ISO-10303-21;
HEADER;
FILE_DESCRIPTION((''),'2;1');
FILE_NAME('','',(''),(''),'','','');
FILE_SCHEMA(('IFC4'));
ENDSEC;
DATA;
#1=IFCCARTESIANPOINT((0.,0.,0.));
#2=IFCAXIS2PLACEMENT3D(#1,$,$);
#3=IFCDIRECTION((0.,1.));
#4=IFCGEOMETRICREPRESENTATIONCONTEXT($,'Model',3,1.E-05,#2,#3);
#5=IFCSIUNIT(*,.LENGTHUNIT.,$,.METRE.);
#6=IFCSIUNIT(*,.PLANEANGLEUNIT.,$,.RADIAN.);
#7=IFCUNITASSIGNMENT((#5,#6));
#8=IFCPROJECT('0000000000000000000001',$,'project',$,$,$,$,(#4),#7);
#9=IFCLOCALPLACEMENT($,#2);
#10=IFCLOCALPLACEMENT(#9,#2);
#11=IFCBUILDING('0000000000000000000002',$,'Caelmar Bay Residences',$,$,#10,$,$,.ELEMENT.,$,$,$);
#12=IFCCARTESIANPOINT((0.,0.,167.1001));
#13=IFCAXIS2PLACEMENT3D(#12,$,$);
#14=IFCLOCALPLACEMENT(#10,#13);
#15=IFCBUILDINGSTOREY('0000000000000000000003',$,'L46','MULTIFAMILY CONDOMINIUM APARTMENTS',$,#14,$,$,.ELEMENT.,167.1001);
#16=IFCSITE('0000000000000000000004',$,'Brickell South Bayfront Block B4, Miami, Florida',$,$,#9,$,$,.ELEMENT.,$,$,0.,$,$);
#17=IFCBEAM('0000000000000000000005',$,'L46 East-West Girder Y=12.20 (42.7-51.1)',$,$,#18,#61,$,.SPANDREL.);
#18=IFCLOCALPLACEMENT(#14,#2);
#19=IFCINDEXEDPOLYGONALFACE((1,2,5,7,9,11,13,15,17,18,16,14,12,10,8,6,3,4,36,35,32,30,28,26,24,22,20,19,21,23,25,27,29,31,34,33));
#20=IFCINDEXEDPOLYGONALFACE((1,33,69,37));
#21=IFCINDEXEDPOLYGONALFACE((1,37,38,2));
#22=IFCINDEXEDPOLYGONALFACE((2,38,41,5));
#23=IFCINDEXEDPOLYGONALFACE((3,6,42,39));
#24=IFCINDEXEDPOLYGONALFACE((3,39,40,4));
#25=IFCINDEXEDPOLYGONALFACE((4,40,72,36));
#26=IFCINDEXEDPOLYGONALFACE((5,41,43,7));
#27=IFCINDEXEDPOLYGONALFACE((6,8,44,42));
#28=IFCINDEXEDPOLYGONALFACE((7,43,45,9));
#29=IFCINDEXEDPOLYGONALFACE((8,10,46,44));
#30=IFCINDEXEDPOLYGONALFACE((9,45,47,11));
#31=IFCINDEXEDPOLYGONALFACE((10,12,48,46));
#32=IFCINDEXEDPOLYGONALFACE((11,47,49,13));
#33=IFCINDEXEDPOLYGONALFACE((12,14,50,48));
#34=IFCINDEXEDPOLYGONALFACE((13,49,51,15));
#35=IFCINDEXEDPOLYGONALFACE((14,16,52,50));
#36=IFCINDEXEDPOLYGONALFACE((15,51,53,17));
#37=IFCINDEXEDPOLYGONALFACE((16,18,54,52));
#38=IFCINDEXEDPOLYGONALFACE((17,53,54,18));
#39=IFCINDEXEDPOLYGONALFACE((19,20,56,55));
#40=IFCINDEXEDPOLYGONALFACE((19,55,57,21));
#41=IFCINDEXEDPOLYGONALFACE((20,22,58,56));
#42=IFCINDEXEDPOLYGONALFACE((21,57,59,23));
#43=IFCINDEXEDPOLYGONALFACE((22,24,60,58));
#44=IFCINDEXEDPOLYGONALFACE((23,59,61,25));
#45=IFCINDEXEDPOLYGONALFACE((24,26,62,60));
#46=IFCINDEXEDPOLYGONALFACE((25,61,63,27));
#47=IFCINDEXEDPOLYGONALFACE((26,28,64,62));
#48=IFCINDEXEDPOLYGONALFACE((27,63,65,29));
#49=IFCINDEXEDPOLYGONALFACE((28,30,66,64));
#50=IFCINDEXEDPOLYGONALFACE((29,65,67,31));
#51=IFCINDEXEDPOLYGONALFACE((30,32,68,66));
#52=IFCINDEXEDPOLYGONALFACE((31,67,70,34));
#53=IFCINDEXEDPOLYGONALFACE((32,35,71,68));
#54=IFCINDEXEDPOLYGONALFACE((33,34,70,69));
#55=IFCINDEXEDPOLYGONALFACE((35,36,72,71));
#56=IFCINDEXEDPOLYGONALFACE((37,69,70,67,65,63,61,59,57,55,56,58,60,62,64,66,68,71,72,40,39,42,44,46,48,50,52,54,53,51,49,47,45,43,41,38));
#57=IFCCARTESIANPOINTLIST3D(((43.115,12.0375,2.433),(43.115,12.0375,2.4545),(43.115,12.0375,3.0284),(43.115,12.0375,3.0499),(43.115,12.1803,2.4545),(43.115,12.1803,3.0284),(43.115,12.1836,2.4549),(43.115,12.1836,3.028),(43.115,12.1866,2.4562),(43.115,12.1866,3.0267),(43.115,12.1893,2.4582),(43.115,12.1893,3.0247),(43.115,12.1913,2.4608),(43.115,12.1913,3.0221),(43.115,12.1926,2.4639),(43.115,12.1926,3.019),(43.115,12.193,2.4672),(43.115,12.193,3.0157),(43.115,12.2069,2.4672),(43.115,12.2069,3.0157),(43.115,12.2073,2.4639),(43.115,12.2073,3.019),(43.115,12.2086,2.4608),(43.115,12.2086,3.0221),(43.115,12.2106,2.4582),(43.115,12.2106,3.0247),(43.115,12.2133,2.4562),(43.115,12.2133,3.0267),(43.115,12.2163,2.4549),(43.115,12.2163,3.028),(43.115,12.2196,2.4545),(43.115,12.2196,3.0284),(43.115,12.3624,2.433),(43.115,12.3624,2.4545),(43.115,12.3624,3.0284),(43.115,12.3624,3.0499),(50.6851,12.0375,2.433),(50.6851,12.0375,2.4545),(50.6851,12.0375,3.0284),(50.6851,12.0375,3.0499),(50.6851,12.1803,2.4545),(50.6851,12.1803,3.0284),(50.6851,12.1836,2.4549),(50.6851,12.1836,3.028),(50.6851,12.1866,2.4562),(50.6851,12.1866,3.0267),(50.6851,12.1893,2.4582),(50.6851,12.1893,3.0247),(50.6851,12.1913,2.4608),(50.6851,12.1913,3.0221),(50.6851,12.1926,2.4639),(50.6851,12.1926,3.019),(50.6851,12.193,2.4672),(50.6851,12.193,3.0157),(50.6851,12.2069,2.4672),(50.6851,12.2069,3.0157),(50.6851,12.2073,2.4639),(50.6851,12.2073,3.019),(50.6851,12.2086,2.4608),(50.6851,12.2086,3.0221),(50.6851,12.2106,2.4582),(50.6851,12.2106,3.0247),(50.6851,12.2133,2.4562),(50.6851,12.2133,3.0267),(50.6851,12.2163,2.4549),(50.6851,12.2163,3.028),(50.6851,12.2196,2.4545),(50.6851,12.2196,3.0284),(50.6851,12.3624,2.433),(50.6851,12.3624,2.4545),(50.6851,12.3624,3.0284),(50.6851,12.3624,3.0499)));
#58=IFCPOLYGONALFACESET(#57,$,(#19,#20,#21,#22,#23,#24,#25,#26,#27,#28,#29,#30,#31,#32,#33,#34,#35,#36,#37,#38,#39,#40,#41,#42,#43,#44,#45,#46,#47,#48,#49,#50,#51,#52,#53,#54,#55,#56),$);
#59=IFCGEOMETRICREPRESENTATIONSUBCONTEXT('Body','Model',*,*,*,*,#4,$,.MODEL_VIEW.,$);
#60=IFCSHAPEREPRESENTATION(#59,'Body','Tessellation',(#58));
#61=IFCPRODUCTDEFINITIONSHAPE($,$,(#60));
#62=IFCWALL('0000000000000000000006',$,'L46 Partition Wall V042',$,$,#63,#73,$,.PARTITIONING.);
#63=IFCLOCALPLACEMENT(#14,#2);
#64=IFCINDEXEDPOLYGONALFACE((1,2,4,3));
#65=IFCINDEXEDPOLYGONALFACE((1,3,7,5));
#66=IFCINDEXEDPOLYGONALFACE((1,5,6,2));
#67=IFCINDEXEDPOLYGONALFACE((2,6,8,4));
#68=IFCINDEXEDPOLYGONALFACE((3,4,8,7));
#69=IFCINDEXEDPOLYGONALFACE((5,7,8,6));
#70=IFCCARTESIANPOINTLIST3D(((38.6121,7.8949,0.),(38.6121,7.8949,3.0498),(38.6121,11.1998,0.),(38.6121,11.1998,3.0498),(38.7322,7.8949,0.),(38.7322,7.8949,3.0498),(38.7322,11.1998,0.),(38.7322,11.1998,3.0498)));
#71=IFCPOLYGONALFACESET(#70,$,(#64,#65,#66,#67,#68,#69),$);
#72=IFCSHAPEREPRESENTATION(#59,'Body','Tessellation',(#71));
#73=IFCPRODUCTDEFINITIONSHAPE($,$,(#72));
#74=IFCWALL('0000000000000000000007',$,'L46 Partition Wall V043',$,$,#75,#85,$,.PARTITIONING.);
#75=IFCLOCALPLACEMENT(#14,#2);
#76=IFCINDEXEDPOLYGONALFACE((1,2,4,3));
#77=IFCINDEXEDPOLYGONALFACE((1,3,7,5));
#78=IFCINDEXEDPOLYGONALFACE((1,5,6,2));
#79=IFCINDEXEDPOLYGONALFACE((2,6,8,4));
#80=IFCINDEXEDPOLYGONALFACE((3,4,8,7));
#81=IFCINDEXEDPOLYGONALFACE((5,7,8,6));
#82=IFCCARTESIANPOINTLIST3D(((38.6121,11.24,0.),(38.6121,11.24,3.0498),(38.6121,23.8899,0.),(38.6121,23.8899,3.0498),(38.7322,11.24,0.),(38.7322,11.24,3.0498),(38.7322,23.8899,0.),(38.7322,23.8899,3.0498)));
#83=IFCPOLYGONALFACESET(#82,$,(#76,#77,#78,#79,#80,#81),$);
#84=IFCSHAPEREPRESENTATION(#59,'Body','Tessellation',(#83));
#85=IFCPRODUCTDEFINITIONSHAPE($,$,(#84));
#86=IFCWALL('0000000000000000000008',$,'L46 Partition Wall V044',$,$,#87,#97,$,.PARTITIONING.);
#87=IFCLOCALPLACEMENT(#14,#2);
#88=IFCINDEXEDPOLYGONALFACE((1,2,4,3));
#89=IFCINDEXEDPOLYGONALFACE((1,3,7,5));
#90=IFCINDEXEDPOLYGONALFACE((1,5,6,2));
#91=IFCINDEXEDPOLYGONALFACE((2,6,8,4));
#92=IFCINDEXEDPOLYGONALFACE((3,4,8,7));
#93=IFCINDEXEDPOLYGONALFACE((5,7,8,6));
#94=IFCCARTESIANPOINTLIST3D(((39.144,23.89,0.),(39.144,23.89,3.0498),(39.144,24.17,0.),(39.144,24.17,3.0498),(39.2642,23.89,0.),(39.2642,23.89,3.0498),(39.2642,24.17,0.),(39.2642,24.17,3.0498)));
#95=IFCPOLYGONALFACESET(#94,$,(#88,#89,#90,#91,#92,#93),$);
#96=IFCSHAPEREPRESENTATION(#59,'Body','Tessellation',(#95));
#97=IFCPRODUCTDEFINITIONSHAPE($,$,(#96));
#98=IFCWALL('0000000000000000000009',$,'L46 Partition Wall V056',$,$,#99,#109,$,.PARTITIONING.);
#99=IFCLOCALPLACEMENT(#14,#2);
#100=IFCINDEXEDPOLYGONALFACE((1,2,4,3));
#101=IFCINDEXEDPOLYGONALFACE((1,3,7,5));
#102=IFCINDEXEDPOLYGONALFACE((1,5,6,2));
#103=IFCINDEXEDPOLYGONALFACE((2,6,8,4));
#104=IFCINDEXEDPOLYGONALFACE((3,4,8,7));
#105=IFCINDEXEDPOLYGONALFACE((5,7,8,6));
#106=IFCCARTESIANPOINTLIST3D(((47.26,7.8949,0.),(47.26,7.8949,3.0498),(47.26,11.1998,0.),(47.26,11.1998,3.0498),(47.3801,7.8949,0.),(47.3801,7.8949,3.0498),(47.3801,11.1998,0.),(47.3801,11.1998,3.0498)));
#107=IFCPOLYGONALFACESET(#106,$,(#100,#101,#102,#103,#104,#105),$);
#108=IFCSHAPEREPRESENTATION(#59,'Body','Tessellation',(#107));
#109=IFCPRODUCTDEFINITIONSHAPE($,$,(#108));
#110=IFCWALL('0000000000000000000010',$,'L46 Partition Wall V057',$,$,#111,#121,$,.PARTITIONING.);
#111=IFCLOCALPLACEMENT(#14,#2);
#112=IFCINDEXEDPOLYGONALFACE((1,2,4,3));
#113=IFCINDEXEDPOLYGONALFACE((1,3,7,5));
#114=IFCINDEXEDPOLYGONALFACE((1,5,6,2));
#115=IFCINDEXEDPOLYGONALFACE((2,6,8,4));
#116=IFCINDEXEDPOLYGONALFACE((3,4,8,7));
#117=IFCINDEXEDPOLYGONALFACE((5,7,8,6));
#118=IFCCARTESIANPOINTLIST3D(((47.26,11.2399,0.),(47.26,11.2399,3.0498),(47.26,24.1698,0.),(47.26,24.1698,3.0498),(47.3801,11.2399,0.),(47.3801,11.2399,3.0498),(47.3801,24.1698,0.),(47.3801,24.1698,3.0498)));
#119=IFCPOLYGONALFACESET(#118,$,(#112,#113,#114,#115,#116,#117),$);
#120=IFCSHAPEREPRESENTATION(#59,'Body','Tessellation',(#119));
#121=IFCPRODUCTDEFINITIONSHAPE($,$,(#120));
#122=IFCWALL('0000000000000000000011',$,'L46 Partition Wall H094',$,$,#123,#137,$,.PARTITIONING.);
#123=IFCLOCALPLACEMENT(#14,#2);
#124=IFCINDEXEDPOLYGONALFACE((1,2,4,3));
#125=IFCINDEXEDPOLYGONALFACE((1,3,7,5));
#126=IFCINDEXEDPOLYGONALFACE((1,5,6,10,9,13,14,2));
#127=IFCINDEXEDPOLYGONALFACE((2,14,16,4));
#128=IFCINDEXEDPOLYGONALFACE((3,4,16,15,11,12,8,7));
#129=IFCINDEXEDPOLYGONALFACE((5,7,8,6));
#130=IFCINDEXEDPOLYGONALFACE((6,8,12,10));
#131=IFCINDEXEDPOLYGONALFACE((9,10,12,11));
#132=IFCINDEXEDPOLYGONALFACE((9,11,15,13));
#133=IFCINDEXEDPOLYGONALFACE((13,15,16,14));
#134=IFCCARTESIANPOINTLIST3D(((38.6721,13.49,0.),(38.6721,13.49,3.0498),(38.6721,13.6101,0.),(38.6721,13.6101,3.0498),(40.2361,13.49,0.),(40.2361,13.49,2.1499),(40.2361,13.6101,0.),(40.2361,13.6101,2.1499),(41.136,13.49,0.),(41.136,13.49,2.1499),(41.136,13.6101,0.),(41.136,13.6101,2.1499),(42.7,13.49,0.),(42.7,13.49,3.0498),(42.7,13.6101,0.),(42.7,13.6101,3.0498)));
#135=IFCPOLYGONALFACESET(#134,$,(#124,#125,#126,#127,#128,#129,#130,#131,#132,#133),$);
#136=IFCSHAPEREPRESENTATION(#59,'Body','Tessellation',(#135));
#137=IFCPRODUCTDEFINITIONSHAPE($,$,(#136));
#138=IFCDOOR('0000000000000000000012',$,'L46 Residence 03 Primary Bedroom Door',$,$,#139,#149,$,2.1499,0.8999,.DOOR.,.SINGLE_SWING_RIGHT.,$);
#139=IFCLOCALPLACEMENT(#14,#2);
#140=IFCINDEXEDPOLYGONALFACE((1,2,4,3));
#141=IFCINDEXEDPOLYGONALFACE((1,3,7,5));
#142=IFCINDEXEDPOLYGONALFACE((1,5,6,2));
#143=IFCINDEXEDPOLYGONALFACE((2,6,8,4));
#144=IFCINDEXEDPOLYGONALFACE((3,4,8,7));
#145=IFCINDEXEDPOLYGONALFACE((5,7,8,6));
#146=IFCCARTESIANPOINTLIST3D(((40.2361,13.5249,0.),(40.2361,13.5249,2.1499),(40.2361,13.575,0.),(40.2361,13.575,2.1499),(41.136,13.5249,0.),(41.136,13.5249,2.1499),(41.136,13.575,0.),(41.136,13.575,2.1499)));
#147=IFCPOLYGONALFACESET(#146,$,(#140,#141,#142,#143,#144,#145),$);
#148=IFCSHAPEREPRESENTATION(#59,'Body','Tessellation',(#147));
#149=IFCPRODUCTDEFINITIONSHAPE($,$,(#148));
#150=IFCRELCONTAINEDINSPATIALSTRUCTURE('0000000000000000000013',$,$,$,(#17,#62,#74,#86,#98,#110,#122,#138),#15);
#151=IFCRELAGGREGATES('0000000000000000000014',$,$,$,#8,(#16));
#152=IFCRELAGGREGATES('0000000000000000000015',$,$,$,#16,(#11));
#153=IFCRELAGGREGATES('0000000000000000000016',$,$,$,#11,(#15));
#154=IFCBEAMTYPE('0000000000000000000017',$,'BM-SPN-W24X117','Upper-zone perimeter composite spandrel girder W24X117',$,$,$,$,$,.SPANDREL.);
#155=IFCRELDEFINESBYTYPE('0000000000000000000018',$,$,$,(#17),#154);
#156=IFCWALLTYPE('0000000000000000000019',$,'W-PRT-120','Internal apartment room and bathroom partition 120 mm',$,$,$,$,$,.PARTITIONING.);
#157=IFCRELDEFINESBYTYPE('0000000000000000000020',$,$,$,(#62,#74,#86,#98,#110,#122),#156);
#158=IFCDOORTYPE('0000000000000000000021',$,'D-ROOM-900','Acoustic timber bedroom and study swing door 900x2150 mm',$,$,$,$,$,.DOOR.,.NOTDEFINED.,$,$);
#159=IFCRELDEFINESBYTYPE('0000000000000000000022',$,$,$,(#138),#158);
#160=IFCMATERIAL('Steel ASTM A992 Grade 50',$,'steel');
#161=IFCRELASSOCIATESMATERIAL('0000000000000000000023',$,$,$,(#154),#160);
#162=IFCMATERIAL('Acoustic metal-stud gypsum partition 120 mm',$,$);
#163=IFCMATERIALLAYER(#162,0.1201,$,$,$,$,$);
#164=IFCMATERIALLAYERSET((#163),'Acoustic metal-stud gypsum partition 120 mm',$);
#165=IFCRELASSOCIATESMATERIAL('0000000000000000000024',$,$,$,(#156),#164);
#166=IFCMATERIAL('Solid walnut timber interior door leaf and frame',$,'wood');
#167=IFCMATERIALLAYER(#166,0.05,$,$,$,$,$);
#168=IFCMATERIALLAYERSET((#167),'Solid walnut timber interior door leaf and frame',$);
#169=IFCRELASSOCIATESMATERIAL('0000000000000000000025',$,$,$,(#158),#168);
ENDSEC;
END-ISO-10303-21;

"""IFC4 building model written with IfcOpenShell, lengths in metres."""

from ifc_helpers import new_model, si_unit, direction, frame, frame_2d, origin, origin_2d, place, context, subcontext, project, spatial, rectangle, i_section, extrude, material, layer, layer_set, material_profile, profile_set, type_object, element, fill, save


model = new_model("IFC4")

# Units and contexts
model_context = context("Model", 3, precision=1e-05, world=origin(), true_north=direction((0.0, 1.0)))
body_context = subcontext(model_context, "Body", "Model", "MODEL_VIEW")
ifc_project = project(units=[si_unit("LENGTHUNIT", "METRE"), si_unit("PLANEANGLEUNIT", "RADIAN")], contexts=[model_context])

# Site, building, storey
site_placement = place(None, origin())
site = spatial("IfcSite", under=ifc_project, at=site_placement, Name="Brickell South Bayfront Block B4, Miami, Florida", CompositionType="ELEMENT", RefElevation=0.0)
building_placement = place(site_placement, origin())
building = spatial("IfcBuilding", under=site, at=building_placement, Name="Caelmar Bay Residences", CompositionType="ELEMENT")
storey_placement = place(building_placement, frame((0.0, 0.0, 167.1001)))
storey = spatial("IfcBuildingStorey", under=building, at=storey_placement, Name="L46", Description="MULTIFAMILY CONDOMINIUM APARTMENTS", CompositionType="ELEMENT", Elevation=167.1001)

# Beam
ifc_material_1 = material(Name="Steel ASTM A992 Grade 50", Category="steel")
ifc_material_profile_1 = material_profile(ifc_material_1, i_section(OverallWidth=0.325, OverallDepth=0.6169, WebThickness=0.0139, FlangeThickness=0.0215, FilletRadius=0.0127, at=origin_2d()), Name="W24X117")
ifc_profile_set_1 = profile_set([ifc_material_profile_1], Name="Steel ASTM A992 Grade 50")
beam_type_1 = type_object("IfcBeamType", Name="BM-SPN-W24X117", Description="Upper-zone perimeter composite spandrel girder W24X117", PredefinedType="SPANDREL", material=ifc_profile_set_1)
beam_1_placement = place(storey_placement, frame((43.115, 12.2, 2.7415), z_axis=(1.0, 0.0, 0.0), x_axis=(0.0, 1.0, 0.0)))
element("IfcBeam", 1, at=beam_1_placement, inside=storey, type_object=beam_type_1, Name="L46 East-West Girder Y=12.20 (42.7-51.1)", PredefinedType="SPANDREL", context=body_context, shape_type="SweptSolid", body=[
    extrude(i_section(OverallWidth=0.325, OverallDepth=0.6169, WebThickness=0.0139, FlangeThickness=0.0215, FilletRadius=0.0127, at=origin_2d()), origin(), (0.0, 0.0, 1.0), 7.5701),
])

# Walls
ifc_material_2 = material(Name="Acoustic metal-stud gypsum partition 120 mm")
ifc_layer_1 = layer(ifc_material_2, 0.1201)
ifc_layer_set_1 = layer_set([ifc_layer_1], Name="Acoustic metal-stud gypsum partition 120 mm")
wall_type_1 = type_object("IfcWallType", Name="W-PRT-120", Description="Internal apartment room and bathroom partition 120 mm", PredefinedType="PARTITIONING", material=ifc_layer_set_1)
wall_1_placement = place(storey_placement, frame((38.6721, 7.895, 0.0), z_axis=(0.0, 0.0, 1.0), x_axis=(0.0, 1.0, 0.0)))
element("IfcWall", 2, at=wall_1_placement, inside=storey, type_object=wall_type_1, Name="L46 Partition Wall V042", PredefinedType="PARTITIONING", context=body_context, shape_type="SweptSolid", body=[
    extrude(rectangle(XDim=3.3049, YDim=0.1201, at=frame_2d((1.6523, 0.0))), origin(), (0.0, 0.0, 1.0), 3.0498),
])
wall_2_placement = place(storey_placement, frame((38.6721, 11.24, 0.0), z_axis=(0.0, 0.0, 1.0), x_axis=(0.0, 1.0, 0.0)))
element("IfcWall", 3, at=wall_2_placement, inside=storey, type_object=wall_type_1, Name="L46 Partition Wall V043", PredefinedType="PARTITIONING", context=body_context, shape_type="SweptSolid", body=[
    extrude(rectangle(XDim=12.6499, YDim=0.1201, at=frame_2d((6.325, 0.0))), origin(), (0.0, 0.0, 1.0), 3.0498),
])
wall_3_placement = place(storey_placement, frame((39.2041, 23.8899, 0.0), z_axis=(0.0, 0.0, 1.0), x_axis=(0.0, 1.0, 0.0)))
element("IfcWall", 4, at=wall_3_placement, inside=storey, type_object=wall_type_1, Name="L46 Partition Wall V044", PredefinedType="PARTITIONING", context=body_context, shape_type="SweptSolid", body=[
    extrude(rectangle(XDim=0.28, YDim=0.1201, at=frame_2d((0.1401, 0.0))), origin(), (0.0, 0.0, 1.0), 3.0498),
])
wall_4_placement = place(storey_placement, frame((47.3201, 7.895, 0.0), z_axis=(0.0, 0.0, 1.0), x_axis=(0.0, 1.0, 0.0)))
element("IfcWall", 5, at=wall_4_placement, inside=storey, type_object=wall_type_1, Name="L46 Partition Wall V056", PredefinedType="PARTITIONING", context=body_context, shape_type="SweptSolid", body=[
    extrude(rectangle(XDim=3.3049, YDim=0.1201, at=frame_2d((1.6523, 0.0))), origin(), (0.0, 0.0, 1.0), 3.0498),
])
wall_5_placement = place(storey_placement, frame((47.3201, 11.24, 0.0), z_axis=(0.0, 0.0, 1.0), x_axis=(0.0, 1.0, 0.0)))
element("IfcWall", 6, at=wall_5_placement, inside=storey, type_object=wall_type_1, Name="L46 Partition Wall V057", PredefinedType="PARTITIONING", context=body_context, shape_type="SweptSolid", body=[
    extrude(rectangle(XDim=12.9299, YDim=0.1201, at=frame_2d((6.4648, 0.0))), origin(), (0.0, 0.0, 1.0), 3.0498),
])

# Wall, opening, door
wall_6_placement = place(storey_placement, frame((38.6721, 13.55, 0.0), z_axis=(0.0, 0.0, 1.0), x_axis=(1.0, 0.0, 0.0)))
wall_6 = element("IfcWall", 7, at=wall_6_placement, inside=storey, type_object=wall_type_1, Name="L46 Partition Wall H094", PredefinedType="PARTITIONING", context=body_context, shape_type="SweptSolid", body=[
    extrude(rectangle(XDim=4.0278, YDim=0.1201, at=frame_2d((2.0139, 0.0))), origin(), (0.0, 0.0, 1.0), 3.0498),
])
opening_1_placement = place(wall_6_placement, frame((1.564, 0.0, 0.0)))
opening_1 = element("IfcOpeningElement", 8, at=opening_1_placement, cuts=wall_6, PredefinedType="OPENING", context=body_context, shape_type="SweptSolid", body=[
    extrude(rectangle(XDim=0.8999, YDim=2.1499, at=frame_2d((0.45, 1.075))), frame((0.0, 0.0701, 0.0), z_axis=(0.0, -1.0, 0.0), x_axis=(1.0, 0.0, 0.0)), (0.0, 0.0, 1.0), 0.1401),
])
ifc_material_3 = material(Name="Solid walnut timber interior door leaf and frame", Category="wood")
ifc_layer_2 = layer(ifc_material_3, 0.05)
ifc_layer_set_2 = layer_set([ifc_layer_2], Name="Solid walnut timber interior door leaf and frame")
door_type = type_object("IfcDoorType", Name="D-ROOM-900", Description="Acoustic timber bedroom and study swing door 900x2150 mm", OperationType="NOTDEFINED", PredefinedType="DOOR", material=ifc_layer_set_2)
door_1_placement = place(opening_1_placement, origin())
door_1 = element("IfcDoor", 9, at=door_1_placement, inside=storey, type_object=door_type, Name="L46 Residence 03 Primary Bedroom Door", OperationType="SINGLE_SWING_RIGHT", OverallHeight=2.1499, OverallWidth=0.8999, PredefinedType="DOOR", context=body_context, shape_type="SweptSolid", body=[
    extrude(rectangle(XDim=0.8999, YDim=2.1499, at=frame_2d((0.45, 1.075))), frame((0.0, 0.0249, 0.0), z_axis=(0.0, -1.0, 0.0), x_axis=(1.0, 0.0, 0.0)), (0.0, 0.0, 1.0), 0.05),
])
fill(opening_1, door_1)

save(model, "model.ifc")
